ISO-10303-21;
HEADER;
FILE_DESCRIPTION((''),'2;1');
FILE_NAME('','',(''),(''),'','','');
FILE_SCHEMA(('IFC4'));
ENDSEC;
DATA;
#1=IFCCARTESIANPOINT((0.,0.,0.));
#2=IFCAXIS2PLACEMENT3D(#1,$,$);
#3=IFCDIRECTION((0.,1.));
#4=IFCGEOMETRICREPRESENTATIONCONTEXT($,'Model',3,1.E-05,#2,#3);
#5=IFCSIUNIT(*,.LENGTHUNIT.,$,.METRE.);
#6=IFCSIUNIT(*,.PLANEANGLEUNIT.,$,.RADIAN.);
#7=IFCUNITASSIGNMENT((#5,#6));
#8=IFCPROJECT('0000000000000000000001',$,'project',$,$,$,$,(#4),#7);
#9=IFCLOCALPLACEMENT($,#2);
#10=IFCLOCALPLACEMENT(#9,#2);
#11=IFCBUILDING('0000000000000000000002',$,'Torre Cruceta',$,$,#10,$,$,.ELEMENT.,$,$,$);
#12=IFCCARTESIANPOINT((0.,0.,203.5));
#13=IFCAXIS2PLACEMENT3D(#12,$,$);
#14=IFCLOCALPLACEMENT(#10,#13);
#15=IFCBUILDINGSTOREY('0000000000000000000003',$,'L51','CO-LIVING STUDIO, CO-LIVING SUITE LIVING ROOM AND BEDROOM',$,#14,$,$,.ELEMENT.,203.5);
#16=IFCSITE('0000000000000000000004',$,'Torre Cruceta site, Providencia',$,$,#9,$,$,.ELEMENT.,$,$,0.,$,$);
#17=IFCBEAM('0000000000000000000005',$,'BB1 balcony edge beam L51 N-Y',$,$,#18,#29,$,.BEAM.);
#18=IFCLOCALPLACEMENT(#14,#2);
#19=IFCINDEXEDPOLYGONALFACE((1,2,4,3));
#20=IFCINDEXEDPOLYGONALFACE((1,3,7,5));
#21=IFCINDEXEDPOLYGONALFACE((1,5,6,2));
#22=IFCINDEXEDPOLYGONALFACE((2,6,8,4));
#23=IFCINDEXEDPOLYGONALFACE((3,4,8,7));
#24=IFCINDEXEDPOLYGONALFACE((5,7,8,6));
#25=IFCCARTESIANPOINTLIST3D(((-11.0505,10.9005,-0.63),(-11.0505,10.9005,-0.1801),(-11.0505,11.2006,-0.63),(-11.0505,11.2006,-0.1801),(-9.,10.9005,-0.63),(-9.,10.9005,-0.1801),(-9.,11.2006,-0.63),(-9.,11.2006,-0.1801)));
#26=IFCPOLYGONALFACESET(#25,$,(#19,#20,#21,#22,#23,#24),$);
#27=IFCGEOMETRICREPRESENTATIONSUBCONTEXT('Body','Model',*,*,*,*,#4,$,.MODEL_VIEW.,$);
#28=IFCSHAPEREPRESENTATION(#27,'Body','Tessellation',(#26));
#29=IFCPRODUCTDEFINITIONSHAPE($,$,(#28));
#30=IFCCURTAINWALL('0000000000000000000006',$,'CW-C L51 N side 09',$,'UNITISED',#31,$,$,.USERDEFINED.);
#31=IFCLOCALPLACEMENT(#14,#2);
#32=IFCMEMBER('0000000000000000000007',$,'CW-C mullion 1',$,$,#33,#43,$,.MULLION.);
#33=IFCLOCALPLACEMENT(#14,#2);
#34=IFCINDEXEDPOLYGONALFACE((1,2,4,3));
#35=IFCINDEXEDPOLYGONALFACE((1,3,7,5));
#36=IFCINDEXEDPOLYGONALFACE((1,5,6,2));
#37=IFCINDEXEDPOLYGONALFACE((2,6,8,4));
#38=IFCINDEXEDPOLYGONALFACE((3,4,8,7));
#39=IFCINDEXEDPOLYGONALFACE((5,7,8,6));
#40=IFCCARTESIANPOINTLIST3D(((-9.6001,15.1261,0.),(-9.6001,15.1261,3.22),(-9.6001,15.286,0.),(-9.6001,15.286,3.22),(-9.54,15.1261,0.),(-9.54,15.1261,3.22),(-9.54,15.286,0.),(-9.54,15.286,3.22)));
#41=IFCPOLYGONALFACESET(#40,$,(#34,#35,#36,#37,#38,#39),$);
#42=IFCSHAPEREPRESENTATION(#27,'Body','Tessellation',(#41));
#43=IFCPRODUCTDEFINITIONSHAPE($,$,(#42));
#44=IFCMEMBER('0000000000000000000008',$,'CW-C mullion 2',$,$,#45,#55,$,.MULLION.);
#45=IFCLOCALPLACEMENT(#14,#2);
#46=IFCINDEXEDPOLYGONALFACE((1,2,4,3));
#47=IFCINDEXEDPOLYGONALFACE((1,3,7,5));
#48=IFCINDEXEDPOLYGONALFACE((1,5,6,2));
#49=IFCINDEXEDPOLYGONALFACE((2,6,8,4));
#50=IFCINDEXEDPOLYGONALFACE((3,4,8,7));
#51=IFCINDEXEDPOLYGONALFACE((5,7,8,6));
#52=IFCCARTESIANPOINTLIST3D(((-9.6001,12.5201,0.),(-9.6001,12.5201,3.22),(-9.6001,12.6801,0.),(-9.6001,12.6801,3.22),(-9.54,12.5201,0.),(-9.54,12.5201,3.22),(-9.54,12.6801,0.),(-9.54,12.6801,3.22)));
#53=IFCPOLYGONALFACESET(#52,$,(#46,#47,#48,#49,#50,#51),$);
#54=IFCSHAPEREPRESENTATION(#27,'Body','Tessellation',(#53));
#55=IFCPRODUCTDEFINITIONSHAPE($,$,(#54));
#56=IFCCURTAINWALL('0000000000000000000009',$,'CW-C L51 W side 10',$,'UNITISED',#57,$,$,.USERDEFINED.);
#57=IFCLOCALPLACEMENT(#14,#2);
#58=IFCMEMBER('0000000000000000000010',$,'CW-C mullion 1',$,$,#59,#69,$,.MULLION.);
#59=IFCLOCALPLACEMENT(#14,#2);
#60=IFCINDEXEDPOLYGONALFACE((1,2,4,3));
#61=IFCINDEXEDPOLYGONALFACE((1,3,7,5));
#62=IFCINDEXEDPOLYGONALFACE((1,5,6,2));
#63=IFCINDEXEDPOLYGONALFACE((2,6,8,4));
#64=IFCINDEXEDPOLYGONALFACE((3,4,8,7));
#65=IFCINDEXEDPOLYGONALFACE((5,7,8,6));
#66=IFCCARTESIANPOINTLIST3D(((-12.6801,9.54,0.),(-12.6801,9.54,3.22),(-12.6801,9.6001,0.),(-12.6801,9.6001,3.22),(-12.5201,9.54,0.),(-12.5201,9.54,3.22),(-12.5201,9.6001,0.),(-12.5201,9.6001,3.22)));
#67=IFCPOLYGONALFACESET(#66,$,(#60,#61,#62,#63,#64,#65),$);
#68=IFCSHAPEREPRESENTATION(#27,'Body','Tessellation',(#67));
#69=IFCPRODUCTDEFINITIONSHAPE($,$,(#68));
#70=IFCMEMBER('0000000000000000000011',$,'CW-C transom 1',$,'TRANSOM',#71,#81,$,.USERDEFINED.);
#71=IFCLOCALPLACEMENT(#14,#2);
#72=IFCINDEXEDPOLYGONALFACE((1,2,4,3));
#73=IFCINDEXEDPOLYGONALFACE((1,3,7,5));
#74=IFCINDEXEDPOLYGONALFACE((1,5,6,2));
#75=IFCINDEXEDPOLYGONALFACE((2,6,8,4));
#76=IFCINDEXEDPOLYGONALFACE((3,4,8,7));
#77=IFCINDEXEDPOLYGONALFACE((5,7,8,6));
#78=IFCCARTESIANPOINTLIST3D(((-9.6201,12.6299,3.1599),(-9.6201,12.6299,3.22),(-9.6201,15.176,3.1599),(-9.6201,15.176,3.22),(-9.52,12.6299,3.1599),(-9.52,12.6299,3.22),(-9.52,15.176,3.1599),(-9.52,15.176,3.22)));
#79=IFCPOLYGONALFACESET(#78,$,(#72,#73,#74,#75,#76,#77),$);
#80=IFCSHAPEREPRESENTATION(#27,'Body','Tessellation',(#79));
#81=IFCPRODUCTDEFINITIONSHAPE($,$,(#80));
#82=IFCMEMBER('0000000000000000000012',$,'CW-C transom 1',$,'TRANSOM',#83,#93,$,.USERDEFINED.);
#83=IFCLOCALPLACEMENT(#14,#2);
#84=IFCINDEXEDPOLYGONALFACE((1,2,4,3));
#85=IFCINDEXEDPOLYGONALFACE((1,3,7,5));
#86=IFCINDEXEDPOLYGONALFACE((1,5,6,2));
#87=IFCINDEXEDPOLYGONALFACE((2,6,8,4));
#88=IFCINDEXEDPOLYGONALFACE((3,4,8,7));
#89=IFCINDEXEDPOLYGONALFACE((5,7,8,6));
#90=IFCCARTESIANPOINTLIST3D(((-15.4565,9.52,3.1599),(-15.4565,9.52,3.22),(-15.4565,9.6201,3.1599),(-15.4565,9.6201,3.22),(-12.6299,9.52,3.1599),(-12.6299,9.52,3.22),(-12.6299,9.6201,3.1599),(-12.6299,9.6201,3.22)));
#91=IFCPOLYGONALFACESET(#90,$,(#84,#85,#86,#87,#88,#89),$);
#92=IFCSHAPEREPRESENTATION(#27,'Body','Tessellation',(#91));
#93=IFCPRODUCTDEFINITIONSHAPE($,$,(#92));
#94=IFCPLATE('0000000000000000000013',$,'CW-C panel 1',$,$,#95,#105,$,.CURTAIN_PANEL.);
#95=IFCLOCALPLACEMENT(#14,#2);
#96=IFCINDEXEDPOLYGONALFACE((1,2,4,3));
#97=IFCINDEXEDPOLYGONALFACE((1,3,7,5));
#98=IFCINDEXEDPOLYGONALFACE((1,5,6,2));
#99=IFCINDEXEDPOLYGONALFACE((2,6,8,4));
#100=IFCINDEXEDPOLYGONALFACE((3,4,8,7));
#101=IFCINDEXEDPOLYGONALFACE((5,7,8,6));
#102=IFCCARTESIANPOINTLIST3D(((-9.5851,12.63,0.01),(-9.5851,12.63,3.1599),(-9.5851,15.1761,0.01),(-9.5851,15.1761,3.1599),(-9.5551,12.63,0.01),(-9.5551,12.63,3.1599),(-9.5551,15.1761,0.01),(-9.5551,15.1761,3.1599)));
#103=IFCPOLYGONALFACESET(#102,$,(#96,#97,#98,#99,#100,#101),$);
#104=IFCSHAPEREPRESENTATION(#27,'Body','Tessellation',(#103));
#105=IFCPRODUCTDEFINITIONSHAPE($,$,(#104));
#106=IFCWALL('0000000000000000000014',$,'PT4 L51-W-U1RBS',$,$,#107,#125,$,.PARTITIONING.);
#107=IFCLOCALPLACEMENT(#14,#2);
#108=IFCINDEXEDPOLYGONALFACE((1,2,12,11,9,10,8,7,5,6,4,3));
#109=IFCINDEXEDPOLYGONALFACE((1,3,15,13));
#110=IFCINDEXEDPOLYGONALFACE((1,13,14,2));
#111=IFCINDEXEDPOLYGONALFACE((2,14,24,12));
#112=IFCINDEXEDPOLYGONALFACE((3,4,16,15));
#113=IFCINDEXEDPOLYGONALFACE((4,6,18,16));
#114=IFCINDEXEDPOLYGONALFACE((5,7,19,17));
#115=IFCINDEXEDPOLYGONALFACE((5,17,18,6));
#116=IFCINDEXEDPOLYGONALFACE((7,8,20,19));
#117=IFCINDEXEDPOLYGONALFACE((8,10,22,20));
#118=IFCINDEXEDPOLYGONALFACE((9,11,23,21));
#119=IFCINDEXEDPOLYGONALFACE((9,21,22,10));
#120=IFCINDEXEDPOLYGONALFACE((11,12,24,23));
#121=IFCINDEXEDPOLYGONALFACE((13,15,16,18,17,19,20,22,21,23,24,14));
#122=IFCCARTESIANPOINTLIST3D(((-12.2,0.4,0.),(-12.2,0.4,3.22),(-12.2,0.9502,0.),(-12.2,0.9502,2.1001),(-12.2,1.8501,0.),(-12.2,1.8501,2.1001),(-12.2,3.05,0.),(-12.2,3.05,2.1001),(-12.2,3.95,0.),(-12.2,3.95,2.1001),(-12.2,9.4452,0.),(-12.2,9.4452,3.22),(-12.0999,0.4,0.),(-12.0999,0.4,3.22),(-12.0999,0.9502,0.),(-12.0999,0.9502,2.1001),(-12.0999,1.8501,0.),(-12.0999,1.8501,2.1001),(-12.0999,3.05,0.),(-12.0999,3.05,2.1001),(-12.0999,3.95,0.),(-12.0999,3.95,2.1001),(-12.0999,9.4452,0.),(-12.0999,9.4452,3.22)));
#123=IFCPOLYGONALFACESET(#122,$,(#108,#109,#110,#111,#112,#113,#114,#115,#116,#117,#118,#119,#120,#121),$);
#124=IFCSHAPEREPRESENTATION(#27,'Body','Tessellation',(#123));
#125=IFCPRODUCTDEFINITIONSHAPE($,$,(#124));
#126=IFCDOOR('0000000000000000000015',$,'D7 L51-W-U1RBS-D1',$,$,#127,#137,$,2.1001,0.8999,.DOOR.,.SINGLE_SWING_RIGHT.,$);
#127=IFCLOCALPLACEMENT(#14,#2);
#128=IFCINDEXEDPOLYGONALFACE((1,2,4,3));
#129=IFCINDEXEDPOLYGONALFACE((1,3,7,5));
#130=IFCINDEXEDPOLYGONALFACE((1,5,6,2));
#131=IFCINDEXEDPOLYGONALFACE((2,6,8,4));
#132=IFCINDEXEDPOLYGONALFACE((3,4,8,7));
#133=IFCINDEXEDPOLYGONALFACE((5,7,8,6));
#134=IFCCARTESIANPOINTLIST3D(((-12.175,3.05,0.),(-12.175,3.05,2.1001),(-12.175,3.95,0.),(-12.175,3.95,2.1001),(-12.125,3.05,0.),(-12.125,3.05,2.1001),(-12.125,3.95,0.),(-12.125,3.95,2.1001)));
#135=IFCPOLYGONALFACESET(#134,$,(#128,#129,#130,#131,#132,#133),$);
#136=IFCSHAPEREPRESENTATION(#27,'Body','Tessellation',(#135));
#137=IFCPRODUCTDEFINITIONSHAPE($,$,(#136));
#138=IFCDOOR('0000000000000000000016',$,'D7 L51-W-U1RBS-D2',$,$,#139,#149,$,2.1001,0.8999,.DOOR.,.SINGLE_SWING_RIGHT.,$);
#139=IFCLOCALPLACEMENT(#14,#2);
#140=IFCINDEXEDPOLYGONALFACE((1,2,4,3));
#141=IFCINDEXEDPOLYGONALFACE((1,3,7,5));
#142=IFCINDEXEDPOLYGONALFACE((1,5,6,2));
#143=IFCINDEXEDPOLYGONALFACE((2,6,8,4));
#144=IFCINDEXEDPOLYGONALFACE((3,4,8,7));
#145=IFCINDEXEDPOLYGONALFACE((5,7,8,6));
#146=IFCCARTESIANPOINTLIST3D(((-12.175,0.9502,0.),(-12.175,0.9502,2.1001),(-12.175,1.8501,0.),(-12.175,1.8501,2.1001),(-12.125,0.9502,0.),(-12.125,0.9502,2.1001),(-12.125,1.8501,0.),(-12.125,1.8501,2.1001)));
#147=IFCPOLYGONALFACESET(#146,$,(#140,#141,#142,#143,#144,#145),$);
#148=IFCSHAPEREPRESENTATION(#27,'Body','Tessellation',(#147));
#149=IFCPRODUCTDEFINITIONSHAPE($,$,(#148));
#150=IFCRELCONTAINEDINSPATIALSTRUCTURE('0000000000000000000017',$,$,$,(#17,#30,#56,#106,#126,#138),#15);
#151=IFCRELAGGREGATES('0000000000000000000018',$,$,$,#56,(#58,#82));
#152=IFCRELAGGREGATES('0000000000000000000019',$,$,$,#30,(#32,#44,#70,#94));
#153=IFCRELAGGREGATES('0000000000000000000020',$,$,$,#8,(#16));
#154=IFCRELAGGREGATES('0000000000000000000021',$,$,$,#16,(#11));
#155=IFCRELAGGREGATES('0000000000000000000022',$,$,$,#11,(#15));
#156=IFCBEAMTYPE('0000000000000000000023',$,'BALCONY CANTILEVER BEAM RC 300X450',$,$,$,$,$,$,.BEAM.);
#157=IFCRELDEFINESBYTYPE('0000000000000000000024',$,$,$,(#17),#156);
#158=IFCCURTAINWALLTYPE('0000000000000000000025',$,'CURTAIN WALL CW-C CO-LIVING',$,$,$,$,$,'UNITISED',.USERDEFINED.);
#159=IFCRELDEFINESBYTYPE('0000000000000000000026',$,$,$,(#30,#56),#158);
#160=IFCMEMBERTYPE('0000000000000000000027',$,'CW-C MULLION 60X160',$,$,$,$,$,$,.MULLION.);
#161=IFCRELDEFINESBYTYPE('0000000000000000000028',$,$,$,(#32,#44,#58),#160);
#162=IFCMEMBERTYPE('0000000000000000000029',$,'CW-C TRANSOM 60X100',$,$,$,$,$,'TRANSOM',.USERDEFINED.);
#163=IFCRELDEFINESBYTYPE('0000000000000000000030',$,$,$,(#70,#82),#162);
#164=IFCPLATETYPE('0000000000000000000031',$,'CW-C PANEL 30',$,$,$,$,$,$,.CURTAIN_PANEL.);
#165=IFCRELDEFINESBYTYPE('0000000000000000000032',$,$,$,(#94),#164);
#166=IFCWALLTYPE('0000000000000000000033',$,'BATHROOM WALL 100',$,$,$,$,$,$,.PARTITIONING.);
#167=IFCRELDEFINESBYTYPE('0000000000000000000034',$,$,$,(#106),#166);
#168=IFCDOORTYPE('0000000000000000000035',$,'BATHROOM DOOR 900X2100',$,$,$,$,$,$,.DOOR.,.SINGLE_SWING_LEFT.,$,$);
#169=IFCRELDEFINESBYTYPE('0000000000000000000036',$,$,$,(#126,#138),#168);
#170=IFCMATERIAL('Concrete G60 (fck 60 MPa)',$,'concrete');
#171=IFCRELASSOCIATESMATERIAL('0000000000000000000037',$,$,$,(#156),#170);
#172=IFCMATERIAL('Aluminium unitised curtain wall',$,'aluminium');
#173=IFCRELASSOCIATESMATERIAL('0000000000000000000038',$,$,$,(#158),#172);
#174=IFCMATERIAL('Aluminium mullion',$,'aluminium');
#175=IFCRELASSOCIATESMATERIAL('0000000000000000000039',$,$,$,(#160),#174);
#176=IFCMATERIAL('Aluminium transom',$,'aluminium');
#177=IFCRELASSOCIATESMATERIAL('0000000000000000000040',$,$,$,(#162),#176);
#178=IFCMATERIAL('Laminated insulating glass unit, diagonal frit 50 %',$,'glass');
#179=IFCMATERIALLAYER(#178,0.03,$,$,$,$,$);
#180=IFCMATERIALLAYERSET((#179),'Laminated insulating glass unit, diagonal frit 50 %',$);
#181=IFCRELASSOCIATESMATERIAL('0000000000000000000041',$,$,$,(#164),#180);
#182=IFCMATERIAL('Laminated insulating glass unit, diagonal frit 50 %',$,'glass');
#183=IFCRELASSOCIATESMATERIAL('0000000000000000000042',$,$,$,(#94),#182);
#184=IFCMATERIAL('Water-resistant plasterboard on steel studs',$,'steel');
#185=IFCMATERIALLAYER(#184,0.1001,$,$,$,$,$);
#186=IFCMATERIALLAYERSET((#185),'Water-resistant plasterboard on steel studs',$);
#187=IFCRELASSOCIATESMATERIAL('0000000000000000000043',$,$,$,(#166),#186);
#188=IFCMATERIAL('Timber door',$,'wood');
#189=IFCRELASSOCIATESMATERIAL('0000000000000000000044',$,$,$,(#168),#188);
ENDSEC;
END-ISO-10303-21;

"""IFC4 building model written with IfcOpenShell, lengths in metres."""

from ifc_helpers import new_model, si_unit, direction, frame, frame_2d, origin, origin_2d, place, context, subcontext, project, spatial, rectangle, extrude, material, layer, layer_set, material_profile, profile_set, type_object, element, fill, aggregate, save


model = new_model("IFC4")

# Units and contexts
model_context = context("Model", 3, precision=1e-05, world=origin(), true_north=direction((0.0, 1.0)))
body_context = subcontext(model_context, "Body", "Model", "MODEL_VIEW")
ifc_project = project(units=[si_unit("LENGTHUNIT", "METRE"), si_unit("PLANEANGLEUNIT", "RADIAN")], contexts=[model_context])

# Site, building, storey
site_placement = place(None, origin())
site = spatial("IfcSite", under=ifc_project, at=site_placement, Name="Torre Cruceta site, Providencia", CompositionType="ELEMENT", RefElevation=0.0)
building_placement = place(site_placement, origin())
building = spatial("IfcBuilding", under=site, at=building_placement, Name="Torre Cruceta", CompositionType="ELEMENT")
storey_placement = place(building_placement, frame((0.0, 0.0, 203.5)))
storey = spatial("IfcBuildingStorey", under=building, at=storey_placement, Name="L51", Description="CO-LIVING STUDIO, CO-LIVING SUITE LIVING ROOM AND BEDROOM", CompositionType="ELEMENT", Elevation=203.5)

# Beam
ifc_material_1 = material(Name="Concrete G60 (fck 60 MPa)", Category="concrete")
ifc_material_profile_1 = material_profile(ifc_material_1, rectangle(XDim=0.3, YDim=0.45, at=origin_2d()), Name="RC 300X450")
ifc_profile_set_1 = profile_set([ifc_material_profile_1], Name="Concrete G60 (fck 60 MPa)")
beam_type = type_object("IfcBeamType", Name="BALCONY CANTILEVER BEAM RC 300X450", PredefinedType="BEAM", material=ifc_profile_set_1)
beam_placement = place(storey_placement, frame((-9.0, 11.0505, -0.405), z_axis=(-1.0, 0.0, 0.0), x_axis=(0.0, -1.0, 0.0)))
element("IfcBeam", 1, at=beam_placement, inside=storey, type_object=beam_type, Name="BB1 balcony edge beam L51 N-Y", PredefinedType="BEAM", context=body_context, shape_type="SweptSolid", body=[
    extrude(rectangle(XDim=0.3, YDim=0.45, at=origin_2d()), origin(), (0.0, 0.0, 1.0), 2.0505),
])

# Curtain wall, members
ifc_material_2 = material(Name="Aluminium unitised curtain wall", Category="aluminium")
curtain_wall_type = type_object("IfcCurtainWallType", Name="CURTAIN WALL CW-C CO-LIVING", ElementType="UNITISED", PredefinedType="USERDEFINED", material=ifc_material_2)
curtain_wall_1_placement = place(storey_placement, origin())
curtain_wall_1 = element("IfcCurtainWall", 2, at=curtain_wall_1_placement, inside=storey, type_object=curtain_wall_type, Name="CW-C L51 N side 09", ObjectType="UNITISED", PredefinedType="USERDEFINED")
ifc_material_3 = material(Name="Aluminium mullion", Category="aluminium")
ifc_material_profile_2 = material_profile(ifc_material_3, rectangle(XDim=0.0601, YDim=0.1599, at=origin_2d()), Name="AL 60X160")
ifc_profile_set_2 = profile_set([ifc_material_profile_2], Name="Aluminium mullion")
member_type_1 = type_object("IfcMemberType", Name="CW-C MULLION 60X160", PredefinedType="MULLION", material=ifc_profile_set_2)
member_1_placement = place(storey_placement, frame((-9.5701, 15.2061, 0.0), z_axis=(0.0, 0.0, 1.0), x_axis=(1.0, 0.0, 0.0)))
member_1 = element("IfcMember", 3, at=member_1_placement, type_object=member_type_1, Name="CW-C mullion 1", PredefinedType="MULLION", context=body_context, shape_type="SweptSolid", body=[
    extrude(rectangle(XDim=0.0601, YDim=0.1599, at=origin_2d()), origin(), (0.0, 0.0, 1.0), 3.22),
])
member_2_placement = place(storey_placement, frame((-9.5701, 12.6001, 0.0), z_axis=(0.0, 0.0, 1.0), x_axis=(1.0, 0.0, 0.0)))
member_2 = element("IfcMember", 4, at=member_2_placement, type_object=member_type_1, Name="CW-C mullion 2", PredefinedType="MULLION", context=body_context, shape_type="SweptSolid", body=[
    extrude(rectangle(XDim=0.0601, YDim=0.1599, at=origin_2d()), origin(), (0.0, 0.0, 1.0), 3.22),
])

# Curtain wall, member
curtain_wall_2_placement = place(storey_placement, origin())
curtain_wall_2 = element("IfcCurtainWall", 5, at=curtain_wall_2_placement, inside=storey, type_object=curtain_wall_type, Name="CW-C L51 W side 10", ObjectType="UNITISED", PredefinedType="USERDEFINED")
member_3_placement = place(storey_placement, frame((-12.6001, 9.5701, 0.0), z_axis=(0.0, 0.0, 1.0), x_axis=(0.0, -1.0, 0.0)))
member_3 = element("IfcMember", 6, at=member_3_placement, type_object=member_type_1, Name="CW-C mullion 1", PredefinedType="MULLION", context=body_context, shape_type="SweptSolid", body=[
    extrude(rectangle(XDim=0.0601, YDim=0.1599, at=origin_2d()), origin(), (0.0, 0.0, 1.0), 3.22),
])

# Members
ifc_material_4 = material(Name="Aluminium transom", Category="aluminium")
ifc_material_profile_3 = material_profile(ifc_material_4, rectangle(XDim=0.1001, YDim=0.0601, at=origin_2d()), Name="AL 100X60")
ifc_profile_set_3 = profile_set([ifc_material_profile_3], Name="Aluminium transom")
member_type_2 = type_object("IfcMemberType", Name="CW-C TRANSOM 60X100", ElementType="TRANSOM", PredefinedType="USERDEFINED", material=ifc_profile_set_3)
member_4_placement = place(storey_placement, frame((-9.5701, 15.176, 3.1899), z_axis=(0.0, -1.0, 0.0), x_axis=(1.0, 0.0, 0.0)))
member_4 = element("IfcMember", 7, at=member_4_placement, type_object=member_type_2, Name="CW-C transom 1", ObjectType="TRANSOM", PredefinedType="USERDEFINED", context=body_context, shape_type="SweptSolid", body=[
    extrude(rectangle(XDim=0.1001, YDim=0.0601, at=origin_2d()), origin(), (0.0, 0.0, 1.0), 2.5461),
])
member_5_placement = place(storey_placement, frame((-12.6299, 9.5701, 3.1899), z_axis=(-1.0, 0.0, 0.0), x_axis=(0.0, -1.0, 0.0)))
member_5 = element("IfcMember", 8, at=member_5_placement, type_object=member_type_2, Name="CW-C transom 1", ObjectType="TRANSOM", PredefinedType="USERDEFINED", context=body_context, shape_type="SweptSolid", body=[
    extrude(rectangle(XDim=0.1001, YDim=0.0601, at=origin_2d()), origin(), (0.0, 0.0, 1.0), 2.8267),
])
aggregate(curtain_wall_2, [member_3, member_5])

# Plate
ifc_material_5 = material(Name="Laminated insulating glass unit, diagonal frit 50 %", Category="glass")
ifc_material_6 = material(Name="Laminated insulating glass unit, diagonal frit 50 %", Category="glass")
ifc_layer_1 = layer(ifc_material_6, 0.03)
ifc_layer_set_1 = layer_set([ifc_layer_1], Name="Laminated insulating glass unit, diagonal frit 50 %")
plate_type = type_object("IfcPlateType", Name="CW-C PANEL 30", PredefinedType="CURTAIN_PANEL", material=ifc_layer_set_1)
plate_placement = place(storey_placement, frame((-9.5701, 13.9031, 0.01), z_axis=(0.0, 0.0, 1.0), x_axis=(0.0, -1.0, 0.0)))
plate = element("IfcPlate", 9, at=plate_placement, type_object=plate_type, material=ifc_material_5, Name="CW-C panel 1", PredefinedType="CURTAIN_PANEL", context=body_context, shape_type="SweptSolid", body=[
    extrude(rectangle(XDim=2.5461, YDim=0.03, at=origin_2d()), origin(), (0.0, 0.0, 1.0), 3.1499),
])
aggregate(curtain_wall_1, [member_1, member_2, member_4, plate])

# Wall, openings, doors
ifc_material_7 = material(Name="Water-resistant plasterboard on steel studs", Category="steel")
ifc_layer_2 = layer(ifc_material_7, 0.1001)
ifc_layer_set_2 = layer_set([ifc_layer_2], Name="Water-resistant plasterboard on steel studs")
wall_type_1 = type_object("IfcWallType", Name="BATHROOM WALL 100", PredefinedType="PARTITIONING", material=ifc_layer_set_2)
wall_1_placement = place(storey_placement, frame((-12.1499, 9.4451, 0.0), z_axis=(0.0, 0.0, 1.0), x_axis=(0.0, -1.0, 0.0)))
wall_1 = element("IfcWall", 10, at=wall_1_placement, inside=storey, type_object=wall_type_1, Name="PT4 L51-W-U1RBS", PredefinedType="PARTITIONING", context=body_context, shape_type="SweptSolid", body=[
    extrude(rectangle(XDim=9.0452, YDim=0.1001, at=frame_2d((4.5225, 0.0))), origin(), (0.0, 0.0, 1.0), 3.22),
])
opening_1_placement = place(wall_1_placement, frame((5.4951, 0.0, 0.0)))
opening_1 = element("IfcOpeningElement", 11, at=opening_1_placement, cuts=wall_1, PredefinedType="OPENING", context=body_context, shape_type="SweptSolid", body=[
    extrude(rectangle(XDim=0.8999, YDim=2.1001, at=frame_2d((0.45, 1.05))), frame((0.0, 0.0601, 0.0), z_axis=(0.0, -1.0, 0.0), x_axis=(1.0, 0.0, 0.0)), (0.0, 0.0, 1.0), 0.1201),
])
opening_2_placement = place(wall_1_placement, frame((7.595, 0.0, 0.0)))
opening_2 = element("IfcOpeningElement", 12, at=opening_2_placement, cuts=wall_1, PredefinedType="OPENING", context=body_context, shape_type="SweptSolid", body=[
    extrude(rectangle(XDim=0.8999, YDim=2.1001, at=frame_2d((0.45, 1.05))), frame((0.0, 0.0601, 0.0), z_axis=(0.0, -1.0, 0.0), x_axis=(1.0, 0.0, 0.0)), (0.0, 0.0, 1.0), 0.1201),
])
ifc_material_8 = material(Name="Timber door", Category="wood")
door_type_1 = type_object("IfcDoorType", Name="BATHROOM DOOR 900X2100", OperationType="SINGLE_SWING_LEFT", PredefinedType="DOOR", material=ifc_material_8)
door_1_placement = place(opening_1_placement, origin())
door_1 = element("IfcDoor", 13, at=door_1_placement, inside=storey, type_object=door_type_1, Name="D7 L51-W-U1RBS-D1", OperationType="SINGLE_SWING_RIGHT", OverallHeight=2.1001, OverallWidth=0.8999, PredefinedType="DOOR", context=body_context, shape_type="SweptSolid", body=[
    extrude(rectangle(XDim=0.8999, YDim=2.1001, at=frame_2d((0.45, 1.05))), frame((0.0, 0.0249, 0.0), z_axis=(0.0, -1.0, 0.0), x_axis=(1.0, 0.0, 0.0)), (0.0, 0.0, 1.0), 0.05),
])
fill(opening_1, door_1)
door_2_placement = place(opening_2_placement, origin())
door_2 = element("IfcDoor", 14, at=door_2_placement, inside=storey, type_object=door_type_1, Name="D7 L51-W-U1RBS-D2", OperationType="SINGLE_SWING_RIGHT", OverallHeight=2.1001, OverallWidth=0.8999, PredefinedType="DOOR", context=body_context, shape_type="SweptSolid", body=[
    extrude(rectangle(XDim=0.8999, YDim=2.1001, at=frame_2d((0.45, 1.05))), frame((0.0, 0.0249, 0.0), z_axis=(0.0, -1.0, 0.0), x_axis=(1.0, 0.0, 0.0)), (0.0, 0.0, 1.0), 0.05),
])
fill(opening_2, door_2)

save(model, "model.ifc")
